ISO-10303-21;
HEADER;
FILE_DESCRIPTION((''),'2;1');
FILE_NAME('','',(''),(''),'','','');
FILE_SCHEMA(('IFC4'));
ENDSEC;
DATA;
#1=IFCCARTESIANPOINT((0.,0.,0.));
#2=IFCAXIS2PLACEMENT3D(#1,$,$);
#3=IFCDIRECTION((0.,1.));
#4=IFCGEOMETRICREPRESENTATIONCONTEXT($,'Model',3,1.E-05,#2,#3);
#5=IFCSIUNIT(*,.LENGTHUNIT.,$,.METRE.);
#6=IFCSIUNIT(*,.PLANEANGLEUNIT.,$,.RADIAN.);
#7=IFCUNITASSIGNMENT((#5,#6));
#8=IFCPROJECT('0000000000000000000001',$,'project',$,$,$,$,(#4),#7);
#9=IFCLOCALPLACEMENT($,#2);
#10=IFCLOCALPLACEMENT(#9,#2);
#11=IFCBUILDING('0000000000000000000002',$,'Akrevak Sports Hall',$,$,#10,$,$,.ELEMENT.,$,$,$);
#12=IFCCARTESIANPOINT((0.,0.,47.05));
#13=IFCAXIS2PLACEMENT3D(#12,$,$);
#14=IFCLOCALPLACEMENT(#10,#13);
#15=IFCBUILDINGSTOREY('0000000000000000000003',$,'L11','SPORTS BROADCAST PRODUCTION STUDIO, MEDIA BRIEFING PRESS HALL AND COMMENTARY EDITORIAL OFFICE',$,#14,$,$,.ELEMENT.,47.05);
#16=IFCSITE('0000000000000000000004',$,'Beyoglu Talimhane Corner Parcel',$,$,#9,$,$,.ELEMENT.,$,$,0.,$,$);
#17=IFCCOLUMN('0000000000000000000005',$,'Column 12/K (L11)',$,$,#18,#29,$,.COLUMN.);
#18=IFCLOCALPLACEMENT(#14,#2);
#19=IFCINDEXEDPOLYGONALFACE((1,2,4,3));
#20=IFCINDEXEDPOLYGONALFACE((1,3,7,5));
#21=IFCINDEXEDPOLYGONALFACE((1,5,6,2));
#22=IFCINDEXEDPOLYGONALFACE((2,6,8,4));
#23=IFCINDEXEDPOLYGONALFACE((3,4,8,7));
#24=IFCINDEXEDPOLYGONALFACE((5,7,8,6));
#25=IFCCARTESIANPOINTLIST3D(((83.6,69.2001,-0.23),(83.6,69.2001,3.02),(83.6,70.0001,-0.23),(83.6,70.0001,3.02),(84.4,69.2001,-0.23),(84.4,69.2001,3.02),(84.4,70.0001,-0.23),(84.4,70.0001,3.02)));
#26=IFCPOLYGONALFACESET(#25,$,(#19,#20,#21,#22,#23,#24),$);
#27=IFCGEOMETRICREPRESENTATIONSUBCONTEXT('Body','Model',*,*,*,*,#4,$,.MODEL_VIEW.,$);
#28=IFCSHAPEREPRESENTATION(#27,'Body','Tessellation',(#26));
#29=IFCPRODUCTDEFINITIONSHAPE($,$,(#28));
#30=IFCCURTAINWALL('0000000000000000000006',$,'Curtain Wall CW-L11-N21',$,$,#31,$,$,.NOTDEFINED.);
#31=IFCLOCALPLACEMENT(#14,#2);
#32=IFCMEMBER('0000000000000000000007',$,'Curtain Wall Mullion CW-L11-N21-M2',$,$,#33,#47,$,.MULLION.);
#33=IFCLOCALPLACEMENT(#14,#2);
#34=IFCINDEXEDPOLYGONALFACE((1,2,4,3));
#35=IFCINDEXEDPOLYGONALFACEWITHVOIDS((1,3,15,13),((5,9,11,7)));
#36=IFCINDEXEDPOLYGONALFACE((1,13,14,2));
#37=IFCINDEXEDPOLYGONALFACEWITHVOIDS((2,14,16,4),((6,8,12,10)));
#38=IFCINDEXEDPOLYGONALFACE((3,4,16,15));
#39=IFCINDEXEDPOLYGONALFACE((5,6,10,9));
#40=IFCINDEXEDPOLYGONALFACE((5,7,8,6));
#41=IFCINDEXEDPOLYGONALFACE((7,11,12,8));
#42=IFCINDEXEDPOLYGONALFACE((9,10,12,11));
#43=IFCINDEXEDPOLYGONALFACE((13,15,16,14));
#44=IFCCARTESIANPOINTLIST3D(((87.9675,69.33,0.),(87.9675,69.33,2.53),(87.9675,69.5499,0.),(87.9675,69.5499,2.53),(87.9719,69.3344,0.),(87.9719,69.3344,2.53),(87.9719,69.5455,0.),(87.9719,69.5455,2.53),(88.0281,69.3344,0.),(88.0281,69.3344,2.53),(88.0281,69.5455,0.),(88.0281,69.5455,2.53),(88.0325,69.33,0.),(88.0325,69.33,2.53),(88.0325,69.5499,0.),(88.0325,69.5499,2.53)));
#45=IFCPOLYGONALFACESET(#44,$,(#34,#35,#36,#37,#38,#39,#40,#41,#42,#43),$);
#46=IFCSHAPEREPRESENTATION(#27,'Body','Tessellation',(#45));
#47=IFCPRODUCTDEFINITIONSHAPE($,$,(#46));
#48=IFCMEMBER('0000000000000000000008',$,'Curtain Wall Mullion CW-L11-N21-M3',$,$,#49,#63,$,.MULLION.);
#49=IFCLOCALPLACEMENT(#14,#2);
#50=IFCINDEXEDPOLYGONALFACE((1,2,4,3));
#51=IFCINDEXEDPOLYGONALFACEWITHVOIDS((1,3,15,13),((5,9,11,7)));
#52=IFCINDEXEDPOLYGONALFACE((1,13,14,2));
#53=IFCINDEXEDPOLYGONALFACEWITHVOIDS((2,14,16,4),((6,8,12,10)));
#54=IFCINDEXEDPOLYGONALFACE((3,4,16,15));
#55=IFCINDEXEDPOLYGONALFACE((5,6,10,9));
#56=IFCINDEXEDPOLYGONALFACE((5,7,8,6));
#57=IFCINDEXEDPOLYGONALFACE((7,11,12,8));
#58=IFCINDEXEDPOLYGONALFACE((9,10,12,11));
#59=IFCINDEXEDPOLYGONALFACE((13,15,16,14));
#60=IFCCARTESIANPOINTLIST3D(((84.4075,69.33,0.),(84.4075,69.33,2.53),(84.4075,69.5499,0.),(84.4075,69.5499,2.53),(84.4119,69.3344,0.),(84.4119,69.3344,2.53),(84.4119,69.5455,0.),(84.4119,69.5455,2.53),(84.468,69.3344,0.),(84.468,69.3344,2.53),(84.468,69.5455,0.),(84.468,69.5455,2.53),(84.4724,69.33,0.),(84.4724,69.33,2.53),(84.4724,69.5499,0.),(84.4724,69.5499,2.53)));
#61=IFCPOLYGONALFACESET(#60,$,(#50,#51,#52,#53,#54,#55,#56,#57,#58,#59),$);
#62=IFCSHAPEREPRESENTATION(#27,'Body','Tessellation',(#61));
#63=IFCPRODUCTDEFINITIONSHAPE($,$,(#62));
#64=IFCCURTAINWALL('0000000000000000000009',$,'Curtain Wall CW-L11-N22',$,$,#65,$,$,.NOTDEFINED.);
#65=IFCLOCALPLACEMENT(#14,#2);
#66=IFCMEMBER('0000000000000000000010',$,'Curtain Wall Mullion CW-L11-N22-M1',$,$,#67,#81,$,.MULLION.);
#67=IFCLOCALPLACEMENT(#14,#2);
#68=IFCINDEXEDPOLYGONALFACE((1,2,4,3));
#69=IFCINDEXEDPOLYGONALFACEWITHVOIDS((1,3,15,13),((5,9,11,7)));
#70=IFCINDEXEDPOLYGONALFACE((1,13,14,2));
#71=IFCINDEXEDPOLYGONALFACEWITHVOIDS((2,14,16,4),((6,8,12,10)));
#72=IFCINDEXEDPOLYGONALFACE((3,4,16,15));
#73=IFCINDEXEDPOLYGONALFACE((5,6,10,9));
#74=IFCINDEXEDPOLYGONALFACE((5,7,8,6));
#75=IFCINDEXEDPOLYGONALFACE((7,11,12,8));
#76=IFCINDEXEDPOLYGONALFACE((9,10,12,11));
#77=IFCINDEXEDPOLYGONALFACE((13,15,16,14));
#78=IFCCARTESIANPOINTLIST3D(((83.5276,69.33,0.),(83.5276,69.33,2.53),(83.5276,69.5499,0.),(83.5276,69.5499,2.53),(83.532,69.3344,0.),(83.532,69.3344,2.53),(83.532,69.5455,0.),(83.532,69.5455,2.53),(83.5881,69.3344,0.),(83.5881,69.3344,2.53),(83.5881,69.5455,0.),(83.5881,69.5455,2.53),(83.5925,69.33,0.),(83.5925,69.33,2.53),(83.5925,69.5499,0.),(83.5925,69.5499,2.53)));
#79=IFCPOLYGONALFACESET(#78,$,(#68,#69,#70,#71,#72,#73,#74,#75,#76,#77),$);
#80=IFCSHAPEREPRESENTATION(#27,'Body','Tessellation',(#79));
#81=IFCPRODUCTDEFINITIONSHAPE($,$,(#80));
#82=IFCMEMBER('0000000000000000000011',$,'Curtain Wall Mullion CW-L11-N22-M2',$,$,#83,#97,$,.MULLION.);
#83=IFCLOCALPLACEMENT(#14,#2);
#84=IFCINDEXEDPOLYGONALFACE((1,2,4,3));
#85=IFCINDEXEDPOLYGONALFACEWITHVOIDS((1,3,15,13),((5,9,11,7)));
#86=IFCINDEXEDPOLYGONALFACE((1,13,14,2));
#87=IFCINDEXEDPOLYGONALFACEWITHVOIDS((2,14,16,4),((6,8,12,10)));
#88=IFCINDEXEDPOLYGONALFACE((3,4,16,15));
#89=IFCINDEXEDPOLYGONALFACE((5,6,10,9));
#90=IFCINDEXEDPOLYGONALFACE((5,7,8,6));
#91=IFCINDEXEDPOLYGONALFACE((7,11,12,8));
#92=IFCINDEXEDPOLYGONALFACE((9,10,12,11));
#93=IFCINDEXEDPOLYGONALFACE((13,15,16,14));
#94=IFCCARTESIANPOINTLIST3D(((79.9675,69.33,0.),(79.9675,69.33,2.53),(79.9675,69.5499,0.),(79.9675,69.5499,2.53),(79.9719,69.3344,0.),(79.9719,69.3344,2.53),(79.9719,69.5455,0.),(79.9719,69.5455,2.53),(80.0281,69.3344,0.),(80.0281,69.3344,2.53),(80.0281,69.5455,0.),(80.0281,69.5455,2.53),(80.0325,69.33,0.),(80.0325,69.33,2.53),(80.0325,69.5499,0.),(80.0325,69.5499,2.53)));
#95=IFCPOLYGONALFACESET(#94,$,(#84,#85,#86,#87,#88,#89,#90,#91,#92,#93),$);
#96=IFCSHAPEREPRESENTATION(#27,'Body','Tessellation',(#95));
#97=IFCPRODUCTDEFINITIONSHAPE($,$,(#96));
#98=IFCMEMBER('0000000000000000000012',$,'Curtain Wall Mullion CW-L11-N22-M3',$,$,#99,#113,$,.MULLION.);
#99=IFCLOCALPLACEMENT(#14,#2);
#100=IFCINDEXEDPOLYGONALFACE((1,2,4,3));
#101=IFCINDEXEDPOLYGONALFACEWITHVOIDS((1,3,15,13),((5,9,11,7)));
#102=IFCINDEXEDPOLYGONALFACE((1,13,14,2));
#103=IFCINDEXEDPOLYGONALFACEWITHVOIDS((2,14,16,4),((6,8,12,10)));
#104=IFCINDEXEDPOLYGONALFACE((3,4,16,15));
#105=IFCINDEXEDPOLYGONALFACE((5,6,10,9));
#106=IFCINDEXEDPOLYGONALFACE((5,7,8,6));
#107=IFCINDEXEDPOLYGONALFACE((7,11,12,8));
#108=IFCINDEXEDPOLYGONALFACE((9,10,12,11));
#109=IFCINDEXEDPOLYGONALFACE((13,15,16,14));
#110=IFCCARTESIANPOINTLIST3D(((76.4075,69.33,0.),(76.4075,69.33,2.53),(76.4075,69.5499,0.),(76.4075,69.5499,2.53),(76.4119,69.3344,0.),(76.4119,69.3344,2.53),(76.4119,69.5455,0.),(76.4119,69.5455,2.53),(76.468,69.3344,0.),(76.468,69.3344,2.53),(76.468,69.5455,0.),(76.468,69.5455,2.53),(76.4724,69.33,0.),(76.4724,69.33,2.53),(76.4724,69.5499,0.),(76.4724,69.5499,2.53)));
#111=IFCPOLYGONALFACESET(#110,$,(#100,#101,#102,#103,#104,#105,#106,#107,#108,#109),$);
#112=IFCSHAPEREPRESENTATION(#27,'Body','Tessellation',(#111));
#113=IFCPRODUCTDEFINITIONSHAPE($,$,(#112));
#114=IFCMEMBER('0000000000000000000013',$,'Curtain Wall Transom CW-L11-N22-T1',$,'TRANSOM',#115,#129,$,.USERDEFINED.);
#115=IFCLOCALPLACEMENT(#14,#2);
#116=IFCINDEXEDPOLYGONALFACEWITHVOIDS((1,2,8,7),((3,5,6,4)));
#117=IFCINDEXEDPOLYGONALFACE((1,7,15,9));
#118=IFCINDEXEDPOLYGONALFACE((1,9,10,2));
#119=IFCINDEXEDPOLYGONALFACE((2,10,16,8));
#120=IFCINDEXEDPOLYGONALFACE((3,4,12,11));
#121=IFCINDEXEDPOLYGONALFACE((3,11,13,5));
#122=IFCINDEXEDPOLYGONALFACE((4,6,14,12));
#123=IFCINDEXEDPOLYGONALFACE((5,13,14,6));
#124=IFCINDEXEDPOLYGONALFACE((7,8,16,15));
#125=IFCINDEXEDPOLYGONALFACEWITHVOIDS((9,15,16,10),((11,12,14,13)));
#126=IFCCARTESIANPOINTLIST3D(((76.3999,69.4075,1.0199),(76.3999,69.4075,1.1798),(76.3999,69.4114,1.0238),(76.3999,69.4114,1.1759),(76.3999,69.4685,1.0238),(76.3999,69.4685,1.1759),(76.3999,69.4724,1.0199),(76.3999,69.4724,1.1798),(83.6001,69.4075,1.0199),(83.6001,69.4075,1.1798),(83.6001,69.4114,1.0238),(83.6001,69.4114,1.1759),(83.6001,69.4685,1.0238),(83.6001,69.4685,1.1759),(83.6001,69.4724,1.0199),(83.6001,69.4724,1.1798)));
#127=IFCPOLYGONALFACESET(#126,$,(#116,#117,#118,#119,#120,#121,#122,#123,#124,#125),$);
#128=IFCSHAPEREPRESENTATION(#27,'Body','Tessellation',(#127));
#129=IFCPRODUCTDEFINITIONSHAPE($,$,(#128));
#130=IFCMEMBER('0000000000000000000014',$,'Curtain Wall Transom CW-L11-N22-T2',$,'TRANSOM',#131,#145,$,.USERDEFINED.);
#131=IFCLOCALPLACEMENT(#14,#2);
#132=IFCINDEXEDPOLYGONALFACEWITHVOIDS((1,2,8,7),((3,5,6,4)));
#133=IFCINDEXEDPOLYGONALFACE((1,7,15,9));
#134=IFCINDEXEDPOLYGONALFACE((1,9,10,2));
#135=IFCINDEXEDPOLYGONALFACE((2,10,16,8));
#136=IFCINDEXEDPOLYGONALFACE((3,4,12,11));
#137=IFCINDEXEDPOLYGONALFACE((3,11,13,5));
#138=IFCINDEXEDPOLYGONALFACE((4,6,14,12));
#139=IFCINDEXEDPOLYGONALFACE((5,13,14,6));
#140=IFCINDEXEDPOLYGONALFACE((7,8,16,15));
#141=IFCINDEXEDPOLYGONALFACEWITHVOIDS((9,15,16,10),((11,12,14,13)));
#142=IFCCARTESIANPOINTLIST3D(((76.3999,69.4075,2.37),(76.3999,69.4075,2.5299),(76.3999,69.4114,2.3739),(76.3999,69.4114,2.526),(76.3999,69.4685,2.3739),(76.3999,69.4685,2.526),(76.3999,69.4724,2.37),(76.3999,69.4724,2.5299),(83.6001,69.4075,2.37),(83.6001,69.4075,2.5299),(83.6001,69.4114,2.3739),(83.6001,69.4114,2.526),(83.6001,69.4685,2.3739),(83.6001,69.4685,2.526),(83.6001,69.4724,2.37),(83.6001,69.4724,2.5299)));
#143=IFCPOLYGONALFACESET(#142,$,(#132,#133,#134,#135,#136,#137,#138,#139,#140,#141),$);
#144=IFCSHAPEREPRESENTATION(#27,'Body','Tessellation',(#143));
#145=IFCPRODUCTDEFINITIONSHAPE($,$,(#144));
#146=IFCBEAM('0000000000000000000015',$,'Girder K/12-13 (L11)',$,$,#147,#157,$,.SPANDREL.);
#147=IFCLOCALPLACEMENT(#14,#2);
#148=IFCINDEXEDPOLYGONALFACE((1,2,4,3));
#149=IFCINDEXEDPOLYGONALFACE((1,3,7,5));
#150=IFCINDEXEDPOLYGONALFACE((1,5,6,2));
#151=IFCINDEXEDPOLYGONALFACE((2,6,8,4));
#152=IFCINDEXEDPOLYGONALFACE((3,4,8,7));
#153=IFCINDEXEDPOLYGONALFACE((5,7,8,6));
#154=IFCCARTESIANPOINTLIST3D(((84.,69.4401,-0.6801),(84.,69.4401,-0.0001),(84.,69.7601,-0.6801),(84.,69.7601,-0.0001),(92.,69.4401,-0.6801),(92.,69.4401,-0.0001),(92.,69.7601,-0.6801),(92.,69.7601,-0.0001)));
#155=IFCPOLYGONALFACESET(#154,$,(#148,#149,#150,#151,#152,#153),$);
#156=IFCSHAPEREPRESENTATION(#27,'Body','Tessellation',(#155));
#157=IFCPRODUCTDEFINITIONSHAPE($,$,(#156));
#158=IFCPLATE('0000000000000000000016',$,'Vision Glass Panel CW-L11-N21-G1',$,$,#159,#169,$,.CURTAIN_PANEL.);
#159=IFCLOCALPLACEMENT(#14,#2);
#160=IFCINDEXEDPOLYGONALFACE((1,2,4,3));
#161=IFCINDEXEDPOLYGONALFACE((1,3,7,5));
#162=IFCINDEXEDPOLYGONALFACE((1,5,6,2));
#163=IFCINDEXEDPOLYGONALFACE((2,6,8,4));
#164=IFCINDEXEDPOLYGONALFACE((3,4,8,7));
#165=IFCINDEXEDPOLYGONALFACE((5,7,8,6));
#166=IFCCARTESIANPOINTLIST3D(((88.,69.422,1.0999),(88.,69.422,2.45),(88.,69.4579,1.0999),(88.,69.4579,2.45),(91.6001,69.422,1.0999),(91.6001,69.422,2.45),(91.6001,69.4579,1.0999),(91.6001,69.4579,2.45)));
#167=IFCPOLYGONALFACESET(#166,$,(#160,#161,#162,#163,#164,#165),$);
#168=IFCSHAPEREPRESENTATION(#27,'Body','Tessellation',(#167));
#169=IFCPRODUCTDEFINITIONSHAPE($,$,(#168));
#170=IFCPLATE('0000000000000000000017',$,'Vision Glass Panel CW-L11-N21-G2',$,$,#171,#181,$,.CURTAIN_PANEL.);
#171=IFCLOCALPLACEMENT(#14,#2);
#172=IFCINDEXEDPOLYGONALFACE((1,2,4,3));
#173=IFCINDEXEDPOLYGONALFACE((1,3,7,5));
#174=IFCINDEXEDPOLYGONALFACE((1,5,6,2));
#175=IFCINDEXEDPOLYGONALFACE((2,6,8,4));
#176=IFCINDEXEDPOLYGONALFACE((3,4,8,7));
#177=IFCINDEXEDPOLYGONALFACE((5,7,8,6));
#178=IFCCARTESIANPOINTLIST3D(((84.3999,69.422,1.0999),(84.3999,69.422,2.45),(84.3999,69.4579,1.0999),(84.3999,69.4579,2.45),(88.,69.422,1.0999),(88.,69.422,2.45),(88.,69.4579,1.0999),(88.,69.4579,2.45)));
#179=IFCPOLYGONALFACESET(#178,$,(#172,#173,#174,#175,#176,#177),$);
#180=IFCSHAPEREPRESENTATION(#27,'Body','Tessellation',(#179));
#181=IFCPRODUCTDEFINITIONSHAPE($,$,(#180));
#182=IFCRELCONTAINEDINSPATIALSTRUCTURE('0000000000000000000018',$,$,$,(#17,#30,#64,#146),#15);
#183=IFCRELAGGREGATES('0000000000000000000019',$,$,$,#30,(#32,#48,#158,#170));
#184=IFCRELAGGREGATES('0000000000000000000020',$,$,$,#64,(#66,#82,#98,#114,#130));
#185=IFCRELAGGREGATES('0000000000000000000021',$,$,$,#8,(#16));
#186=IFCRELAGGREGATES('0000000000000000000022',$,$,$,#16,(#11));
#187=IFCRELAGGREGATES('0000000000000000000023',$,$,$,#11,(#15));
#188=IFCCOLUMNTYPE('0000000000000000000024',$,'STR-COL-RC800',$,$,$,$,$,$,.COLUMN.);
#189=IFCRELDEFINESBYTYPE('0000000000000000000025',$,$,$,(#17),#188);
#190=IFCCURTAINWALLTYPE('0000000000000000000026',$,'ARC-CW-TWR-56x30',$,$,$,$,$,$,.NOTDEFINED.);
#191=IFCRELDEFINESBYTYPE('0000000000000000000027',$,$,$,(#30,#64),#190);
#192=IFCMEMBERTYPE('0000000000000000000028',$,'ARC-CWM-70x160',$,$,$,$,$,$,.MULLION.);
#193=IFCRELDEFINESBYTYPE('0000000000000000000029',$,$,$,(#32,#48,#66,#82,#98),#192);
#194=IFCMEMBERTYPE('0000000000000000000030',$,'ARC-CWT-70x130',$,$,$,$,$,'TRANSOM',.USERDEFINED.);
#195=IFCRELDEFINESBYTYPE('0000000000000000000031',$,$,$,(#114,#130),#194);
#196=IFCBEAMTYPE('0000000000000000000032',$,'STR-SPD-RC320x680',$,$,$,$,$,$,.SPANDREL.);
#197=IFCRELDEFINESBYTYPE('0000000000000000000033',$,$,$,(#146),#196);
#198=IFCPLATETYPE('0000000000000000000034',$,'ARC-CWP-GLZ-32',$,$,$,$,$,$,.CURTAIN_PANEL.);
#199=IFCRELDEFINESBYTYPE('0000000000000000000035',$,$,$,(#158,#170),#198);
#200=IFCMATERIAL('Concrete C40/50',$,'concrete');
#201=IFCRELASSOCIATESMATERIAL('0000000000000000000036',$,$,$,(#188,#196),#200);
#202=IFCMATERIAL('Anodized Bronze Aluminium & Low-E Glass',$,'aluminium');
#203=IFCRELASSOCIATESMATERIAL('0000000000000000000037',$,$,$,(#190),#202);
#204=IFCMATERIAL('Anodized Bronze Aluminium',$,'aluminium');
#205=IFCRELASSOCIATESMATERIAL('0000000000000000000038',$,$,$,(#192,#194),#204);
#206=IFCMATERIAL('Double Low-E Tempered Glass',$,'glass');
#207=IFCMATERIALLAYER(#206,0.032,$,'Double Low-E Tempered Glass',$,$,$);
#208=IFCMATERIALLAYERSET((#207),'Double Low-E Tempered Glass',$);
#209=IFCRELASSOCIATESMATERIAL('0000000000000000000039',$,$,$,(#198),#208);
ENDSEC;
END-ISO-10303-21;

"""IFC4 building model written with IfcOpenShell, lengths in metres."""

from ifc_helpers import new_model, si_unit, direction, frame, origin, origin_2d, place, context, subcontext, project, spatial, rectangle, hollow_rectangle, extrude, material, layer, layer_set, material_profile, profile_set, type_object, element, aggregate, save


model = new_model("IFC4")

# Units and contexts
model_context = context("Model", 3, precision=1e-05, world=origin(), true_north=direction((0.0, 1.0)))
body_context = subcontext(model_context, "Body", "Model", "MODEL_VIEW")
ifc_project = project(units=[si_unit("LENGTHUNIT", "METRE"), si_unit("PLANEANGLEUNIT", "RADIAN")], contexts=[model_context])

# Site, building, storey
site_placement = place(None, origin())
site = spatial("IfcSite", under=ifc_project, at=site_placement, Name="Beyoglu Talimhane Corner Parcel", CompositionType="ELEMENT", RefElevation=0.0)
building_placement = place(site_placement, origin())
building = spatial("IfcBuilding", under=site, at=building_placement, Name="Akrevak Sports Hall", CompositionType="ELEMENT")
storey_placement = place(building_placement, frame((0.0, 0.0, 47.05)))
storey = spatial("IfcBuildingStorey", under=building, at=storey_placement, Name="L11", Description="SPORTS BROADCAST PRODUCTION STUDIO, MEDIA BRIEFING PRESS HALL AND COMMENTARY EDITORIAL OFFICE", CompositionType="ELEMENT", Elevation=47.05)

# Column
ifc_material_1 = material(Name="Concrete C40/50", Category="concrete")
ifc_material_profile_1 = material_profile(ifc_material_1, rectangle(XDim=0.8, YDim=0.8, at=origin_2d()), Name="RC 800x800", Category="concrete")
ifc_profile_set_1 = profile_set([ifc_material_profile_1], Name="Concrete C40/50")
column_type = type_object("IfcColumnType", Name="STR-COL-RC800", PredefinedType="COLUMN", material=ifc_profile_set_1)
column_placement = place(storey_placement, frame((84.0, 69.6001, -0.23), z_axis=(0.0, 0.0, 1.0), x_axis=(1.0, 0.0, 0.0)))
element("IfcColumn", 1, at=column_placement, inside=storey, type_object=column_type, Name="Column 12/K (L11)", PredefinedType="COLUMN", context=body_context, shape_type="SweptSolid", body=[
    extrude(rectangle(XDim=0.8, YDim=0.8, at=origin_2d()), origin(), (0.0, 0.0, 1.0), 3.25),
])

# Curtain walls, members
ifc_material_2 = material(Name="Anodized Bronze Aluminium & Low-E Glass", Category="aluminium")
curtain_wall_type = type_object("IfcCurtainWallType", Name="ARC-CW-TWR-56x30", PredefinedType="NOTDEFINED", material=ifc_material_2)
curtain_wall_1_placement = place(storey_placement, origin())
curtain_wall_1 = element("IfcCurtainWall", 2, at=curtain_wall_1_placement, inside=storey, type_object=curtain_wall_type, Name="Curtain Wall CW-L11-N21", PredefinedType="NOTDEFINED")
ifc_material_3 = material(Name="Anodized Bronze Aluminium", Category="aluminium")
ifc_material_profile_2 = material_profile(ifc_material_3, hollow_rectangle(XDim=0.0649, YDim=0.22, WallThickness=0.0044, at=origin_2d()), Name="CWM 65x220", Category="aluminium")
ifc_profile_set_2 = profile_set([ifc_material_profile_2], Name="Anodized Bronze Aluminium")
member_type_1 = type_object("IfcMemberType", Name="ARC-CWM-70x160", PredefinedType="MULLION", material=ifc_profile_set_2)
member_1_placement = place(storey_placement, frame((88.0, 69.4399, 0.0), z_axis=(0.0, 0.0, 1.0), x_axis=(-1.0, 0.0, 0.0)))
member_1 = element("IfcMember", 3, at=member_1_placement, type_object=member_type_1, Name="Curtain Wall Mullion CW-L11-N21-M2", PredefinedType="MULLION", context=body_context, shape_type="SweptSolid", body=[
    extrude(hollow_rectangle(XDim=0.0649, YDim=0.22, WallThickness=0.0044, at=origin_2d()), origin(), (0.0, 0.0, 1.0), 2.53),
])
member_2_placement = place(storey_placement, frame((84.4399, 69.4399, 0.0), z_axis=(0.0, 0.0, 1.0), x_axis=(-1.0, 0.0, 0.0)))
member_2 = element("IfcMember", 4, at=member_2_placement, type_object=member_type_1, Name="Curtain Wall Mullion CW-L11-N21-M3", PredefinedType="MULLION", context=body_context, shape_type="SweptSolid", body=[
    extrude(hollow_rectangle(XDim=0.0649, YDim=0.22, WallThickness=0.0044, at=origin_2d()), origin(), (0.0, 0.0, 1.0), 2.53),
])
curtain_wall_2_placement = place(storey_placement, origin())
curtain_wall_2 = element("IfcCurtainWall", 5, at=curtain_wall_2_placement, inside=storey, type_object=curtain_wall_type, Name="Curtain Wall CW-L11-N22", PredefinedType="NOTDEFINED")
member_3_placement = place(storey_placement, frame((83.5601, 69.4399, 0.0), z_axis=(0.0, 0.0, 1.0), x_axis=(-1.0, 0.0, 0.0)))
member_3 = element("IfcMember", 6, at=member_3_placement, type_object=member_type_1, Name="Curtain Wall Mullion CW-L11-N22-M1", PredefinedType="MULLION", context=body_context, shape_type="SweptSolid", body=[
    extrude(hollow_rectangle(XDim=0.0649, YDim=0.22, WallThickness=0.0044, at=origin_2d()), origin(), (0.0, 0.0, 1.0), 2.53),
])
member_4_placement = place(storey_placement, frame((80.0, 69.4399, 0.0), z_axis=(0.0, 0.0, 1.0), x_axis=(-1.0, 0.0, 0.0)))
member_4 = element("IfcMember", 7, at=member_4_placement, type_object=member_type_1, Name="Curtain Wall Mullion CW-L11-N22-M2", PredefinedType="MULLION", context=body_context, shape_type="SweptSolid", body=[
    extrude(hollow_rectangle(XDim=0.0649, YDim=0.22, WallThickness=0.0044, at=origin_2d()), origin(), (0.0, 0.0, 1.0), 2.53),
])
member_5_placement = place(storey_placement, frame((76.4399, 69.4399, 0.0), z_axis=(0.0, 0.0, 1.0), x_axis=(-1.0, 0.0, 0.0)))
member_5 = element("IfcMember", 8, at=member_5_placement, type_object=member_type_1, Name="Curtain Wall Mullion CW-L11-N22-M3", PredefinedType="MULLION", context=body_context, shape_type="SweptSolid", body=[
    extrude(hollow_rectangle(XDim=0.0649, YDim=0.22, WallThickness=0.0044, at=origin_2d()), origin(), (0.0, 0.0, 1.0), 2.53),
])
ifc_material_profile_3 = material_profile(ifc_material_3, hollow_rectangle(XDim=0.0649, YDim=0.1599, WallThickness=0.0039, at=origin_2d()), Name="CWT 65x160", Category="aluminium")
ifc_profile_set_3 = profile_set([ifc_material_profile_3], Name="Anodized Bronze Aluminium")
member_type_2 = type_object("IfcMemberType", Name="ARC-CWT-70x130", ElementType="TRANSOM", PredefinedType="USERDEFINED", material=ifc_profile_set_3)
member_6_placement = place(storey_placement, frame((83.6001, 69.4399, 1.0999), z_axis=(-1.0, 0.0, 0.0), x_axis=(0.0, -1.0, 0.0)))
member_6 = element("IfcMember", 9, at=member_6_placement, type_object=member_type_2, Name="Curtain Wall Transom CW-L11-N22-T1", ObjectType="TRANSOM", PredefinedType="USERDEFINED", context=body_context, shape_type="SweptSolid", body=[
    extrude(hollow_rectangle(XDim=0.0649, YDim=0.1599, WallThickness=0.0039, at=origin_2d()), origin(), (0.0, 0.0, 1.0), 7.2002),
])
member_7_placement = place(storey_placement, frame((83.6001, 69.4399, 2.45), z_axis=(-1.0, 0.0, 0.0), x_axis=(0.0, -1.0, 0.0)))
member_7 = element("IfcMember", 10, at=member_7_placement, type_object=member_type_2, Name="Curtain Wall Transom CW-L11-N22-T2", ObjectType="TRANSOM", PredefinedType="USERDEFINED", context=body_context, shape_type="SweptSolid", body=[
    extrude(hollow_rectangle(XDim=0.0649, YDim=0.1599, WallThickness=0.0039, at=origin_2d()), origin(), (0.0, 0.0, 1.0), 7.2002),
])

# Beam
ifc_material_profile_4 = material_profile(ifc_material_1, rectangle(XDim=0.3201, YDim=0.6799, at=origin_2d()), Name="SPD 320x680", Category="concrete")
ifc_profile_set_4 = profile_set([ifc_material_profile_4], Name="Concrete C40/50")
beam_type = type_object("IfcBeamType", Name="STR-SPD-RC320x680", PredefinedType="SPANDREL", material=ifc_profile_set_4)
beam_placement = place(storey_placement, frame((84.0, 69.6001, -0.3401), z_axis=(1.0, 0.0, 0.0), x_axis=(0.0, 1.0, 0.0)))
element("IfcBeam", 11, at=beam_placement, inside=storey, type_object=beam_type, Name="Girder K/12-13 (L11)", PredefinedType="SPANDREL", context=body_context, shape_type="SweptSolid", body=[
    extrude(rectangle(XDim=0.3201, YDim=0.6799, at=origin_2d()), origin(), (0.0, 0.0, 1.0), 8.0),
])

# Plates
ifc_material_4 = material(Name="Double Low-E Tempered Glass", Category="glass")
ifc_layer_1 = layer(ifc_material_4, 0.032, Name="Double Low-E Tempered Glass")
ifc_layer_set_1 = layer_set([ifc_layer_1], Name="Double Low-E Tempered Glass")
plate_type_1 = type_object("IfcPlateType", Name="ARC-CWP-GLZ-32", PredefinedType="CURTAIN_PANEL", material=ifc_layer_set_1)
plate_1_placement = place(storey_placement, frame((89.8, 69.4399, 1.0999), z_axis=(0.0, 0.0, 1.0), x_axis=(-1.0, 0.0, 0.0)))
plate_1 = element("IfcPlate", 12, at=plate_1_placement, type_object=plate_type_1, Name="Vision Glass Panel CW-L11-N21-G1", PredefinedType="CURTAIN_PANEL", context=body_context, shape_type="SweptSolid", body=[
    extrude(rectangle(XDim=3.6001, YDim=0.0359, at=origin_2d()), origin(), (0.0, 0.0, 1.0), 1.3501),
])
plate_2_placement = place(storey_placement, frame((86.2, 69.4399, 1.0999), z_axis=(0.0, 0.0, 1.0), x_axis=(-1.0, 0.0, 0.0)))
plate_2 = element("IfcPlate", 13, at=plate_2_placement, type_object=plate_type_1, Name="Vision Glass Panel CW-L11-N21-G2", PredefinedType="CURTAIN_PANEL", context=body_context, shape_type="SweptSolid", body=[
    extrude(rectangle(XDim=3.6001, YDim=0.0359, at=origin_2d()), origin(), (0.0, 0.0, 1.0), 1.3501),
])
aggregate(curtain_wall_1, [member_1, member_2, plate_1, plate_2])
aggregate(curtain_wall_2, [member_3, member_4, member_5, member_6, member_7])

save(model, "model.ifc")
